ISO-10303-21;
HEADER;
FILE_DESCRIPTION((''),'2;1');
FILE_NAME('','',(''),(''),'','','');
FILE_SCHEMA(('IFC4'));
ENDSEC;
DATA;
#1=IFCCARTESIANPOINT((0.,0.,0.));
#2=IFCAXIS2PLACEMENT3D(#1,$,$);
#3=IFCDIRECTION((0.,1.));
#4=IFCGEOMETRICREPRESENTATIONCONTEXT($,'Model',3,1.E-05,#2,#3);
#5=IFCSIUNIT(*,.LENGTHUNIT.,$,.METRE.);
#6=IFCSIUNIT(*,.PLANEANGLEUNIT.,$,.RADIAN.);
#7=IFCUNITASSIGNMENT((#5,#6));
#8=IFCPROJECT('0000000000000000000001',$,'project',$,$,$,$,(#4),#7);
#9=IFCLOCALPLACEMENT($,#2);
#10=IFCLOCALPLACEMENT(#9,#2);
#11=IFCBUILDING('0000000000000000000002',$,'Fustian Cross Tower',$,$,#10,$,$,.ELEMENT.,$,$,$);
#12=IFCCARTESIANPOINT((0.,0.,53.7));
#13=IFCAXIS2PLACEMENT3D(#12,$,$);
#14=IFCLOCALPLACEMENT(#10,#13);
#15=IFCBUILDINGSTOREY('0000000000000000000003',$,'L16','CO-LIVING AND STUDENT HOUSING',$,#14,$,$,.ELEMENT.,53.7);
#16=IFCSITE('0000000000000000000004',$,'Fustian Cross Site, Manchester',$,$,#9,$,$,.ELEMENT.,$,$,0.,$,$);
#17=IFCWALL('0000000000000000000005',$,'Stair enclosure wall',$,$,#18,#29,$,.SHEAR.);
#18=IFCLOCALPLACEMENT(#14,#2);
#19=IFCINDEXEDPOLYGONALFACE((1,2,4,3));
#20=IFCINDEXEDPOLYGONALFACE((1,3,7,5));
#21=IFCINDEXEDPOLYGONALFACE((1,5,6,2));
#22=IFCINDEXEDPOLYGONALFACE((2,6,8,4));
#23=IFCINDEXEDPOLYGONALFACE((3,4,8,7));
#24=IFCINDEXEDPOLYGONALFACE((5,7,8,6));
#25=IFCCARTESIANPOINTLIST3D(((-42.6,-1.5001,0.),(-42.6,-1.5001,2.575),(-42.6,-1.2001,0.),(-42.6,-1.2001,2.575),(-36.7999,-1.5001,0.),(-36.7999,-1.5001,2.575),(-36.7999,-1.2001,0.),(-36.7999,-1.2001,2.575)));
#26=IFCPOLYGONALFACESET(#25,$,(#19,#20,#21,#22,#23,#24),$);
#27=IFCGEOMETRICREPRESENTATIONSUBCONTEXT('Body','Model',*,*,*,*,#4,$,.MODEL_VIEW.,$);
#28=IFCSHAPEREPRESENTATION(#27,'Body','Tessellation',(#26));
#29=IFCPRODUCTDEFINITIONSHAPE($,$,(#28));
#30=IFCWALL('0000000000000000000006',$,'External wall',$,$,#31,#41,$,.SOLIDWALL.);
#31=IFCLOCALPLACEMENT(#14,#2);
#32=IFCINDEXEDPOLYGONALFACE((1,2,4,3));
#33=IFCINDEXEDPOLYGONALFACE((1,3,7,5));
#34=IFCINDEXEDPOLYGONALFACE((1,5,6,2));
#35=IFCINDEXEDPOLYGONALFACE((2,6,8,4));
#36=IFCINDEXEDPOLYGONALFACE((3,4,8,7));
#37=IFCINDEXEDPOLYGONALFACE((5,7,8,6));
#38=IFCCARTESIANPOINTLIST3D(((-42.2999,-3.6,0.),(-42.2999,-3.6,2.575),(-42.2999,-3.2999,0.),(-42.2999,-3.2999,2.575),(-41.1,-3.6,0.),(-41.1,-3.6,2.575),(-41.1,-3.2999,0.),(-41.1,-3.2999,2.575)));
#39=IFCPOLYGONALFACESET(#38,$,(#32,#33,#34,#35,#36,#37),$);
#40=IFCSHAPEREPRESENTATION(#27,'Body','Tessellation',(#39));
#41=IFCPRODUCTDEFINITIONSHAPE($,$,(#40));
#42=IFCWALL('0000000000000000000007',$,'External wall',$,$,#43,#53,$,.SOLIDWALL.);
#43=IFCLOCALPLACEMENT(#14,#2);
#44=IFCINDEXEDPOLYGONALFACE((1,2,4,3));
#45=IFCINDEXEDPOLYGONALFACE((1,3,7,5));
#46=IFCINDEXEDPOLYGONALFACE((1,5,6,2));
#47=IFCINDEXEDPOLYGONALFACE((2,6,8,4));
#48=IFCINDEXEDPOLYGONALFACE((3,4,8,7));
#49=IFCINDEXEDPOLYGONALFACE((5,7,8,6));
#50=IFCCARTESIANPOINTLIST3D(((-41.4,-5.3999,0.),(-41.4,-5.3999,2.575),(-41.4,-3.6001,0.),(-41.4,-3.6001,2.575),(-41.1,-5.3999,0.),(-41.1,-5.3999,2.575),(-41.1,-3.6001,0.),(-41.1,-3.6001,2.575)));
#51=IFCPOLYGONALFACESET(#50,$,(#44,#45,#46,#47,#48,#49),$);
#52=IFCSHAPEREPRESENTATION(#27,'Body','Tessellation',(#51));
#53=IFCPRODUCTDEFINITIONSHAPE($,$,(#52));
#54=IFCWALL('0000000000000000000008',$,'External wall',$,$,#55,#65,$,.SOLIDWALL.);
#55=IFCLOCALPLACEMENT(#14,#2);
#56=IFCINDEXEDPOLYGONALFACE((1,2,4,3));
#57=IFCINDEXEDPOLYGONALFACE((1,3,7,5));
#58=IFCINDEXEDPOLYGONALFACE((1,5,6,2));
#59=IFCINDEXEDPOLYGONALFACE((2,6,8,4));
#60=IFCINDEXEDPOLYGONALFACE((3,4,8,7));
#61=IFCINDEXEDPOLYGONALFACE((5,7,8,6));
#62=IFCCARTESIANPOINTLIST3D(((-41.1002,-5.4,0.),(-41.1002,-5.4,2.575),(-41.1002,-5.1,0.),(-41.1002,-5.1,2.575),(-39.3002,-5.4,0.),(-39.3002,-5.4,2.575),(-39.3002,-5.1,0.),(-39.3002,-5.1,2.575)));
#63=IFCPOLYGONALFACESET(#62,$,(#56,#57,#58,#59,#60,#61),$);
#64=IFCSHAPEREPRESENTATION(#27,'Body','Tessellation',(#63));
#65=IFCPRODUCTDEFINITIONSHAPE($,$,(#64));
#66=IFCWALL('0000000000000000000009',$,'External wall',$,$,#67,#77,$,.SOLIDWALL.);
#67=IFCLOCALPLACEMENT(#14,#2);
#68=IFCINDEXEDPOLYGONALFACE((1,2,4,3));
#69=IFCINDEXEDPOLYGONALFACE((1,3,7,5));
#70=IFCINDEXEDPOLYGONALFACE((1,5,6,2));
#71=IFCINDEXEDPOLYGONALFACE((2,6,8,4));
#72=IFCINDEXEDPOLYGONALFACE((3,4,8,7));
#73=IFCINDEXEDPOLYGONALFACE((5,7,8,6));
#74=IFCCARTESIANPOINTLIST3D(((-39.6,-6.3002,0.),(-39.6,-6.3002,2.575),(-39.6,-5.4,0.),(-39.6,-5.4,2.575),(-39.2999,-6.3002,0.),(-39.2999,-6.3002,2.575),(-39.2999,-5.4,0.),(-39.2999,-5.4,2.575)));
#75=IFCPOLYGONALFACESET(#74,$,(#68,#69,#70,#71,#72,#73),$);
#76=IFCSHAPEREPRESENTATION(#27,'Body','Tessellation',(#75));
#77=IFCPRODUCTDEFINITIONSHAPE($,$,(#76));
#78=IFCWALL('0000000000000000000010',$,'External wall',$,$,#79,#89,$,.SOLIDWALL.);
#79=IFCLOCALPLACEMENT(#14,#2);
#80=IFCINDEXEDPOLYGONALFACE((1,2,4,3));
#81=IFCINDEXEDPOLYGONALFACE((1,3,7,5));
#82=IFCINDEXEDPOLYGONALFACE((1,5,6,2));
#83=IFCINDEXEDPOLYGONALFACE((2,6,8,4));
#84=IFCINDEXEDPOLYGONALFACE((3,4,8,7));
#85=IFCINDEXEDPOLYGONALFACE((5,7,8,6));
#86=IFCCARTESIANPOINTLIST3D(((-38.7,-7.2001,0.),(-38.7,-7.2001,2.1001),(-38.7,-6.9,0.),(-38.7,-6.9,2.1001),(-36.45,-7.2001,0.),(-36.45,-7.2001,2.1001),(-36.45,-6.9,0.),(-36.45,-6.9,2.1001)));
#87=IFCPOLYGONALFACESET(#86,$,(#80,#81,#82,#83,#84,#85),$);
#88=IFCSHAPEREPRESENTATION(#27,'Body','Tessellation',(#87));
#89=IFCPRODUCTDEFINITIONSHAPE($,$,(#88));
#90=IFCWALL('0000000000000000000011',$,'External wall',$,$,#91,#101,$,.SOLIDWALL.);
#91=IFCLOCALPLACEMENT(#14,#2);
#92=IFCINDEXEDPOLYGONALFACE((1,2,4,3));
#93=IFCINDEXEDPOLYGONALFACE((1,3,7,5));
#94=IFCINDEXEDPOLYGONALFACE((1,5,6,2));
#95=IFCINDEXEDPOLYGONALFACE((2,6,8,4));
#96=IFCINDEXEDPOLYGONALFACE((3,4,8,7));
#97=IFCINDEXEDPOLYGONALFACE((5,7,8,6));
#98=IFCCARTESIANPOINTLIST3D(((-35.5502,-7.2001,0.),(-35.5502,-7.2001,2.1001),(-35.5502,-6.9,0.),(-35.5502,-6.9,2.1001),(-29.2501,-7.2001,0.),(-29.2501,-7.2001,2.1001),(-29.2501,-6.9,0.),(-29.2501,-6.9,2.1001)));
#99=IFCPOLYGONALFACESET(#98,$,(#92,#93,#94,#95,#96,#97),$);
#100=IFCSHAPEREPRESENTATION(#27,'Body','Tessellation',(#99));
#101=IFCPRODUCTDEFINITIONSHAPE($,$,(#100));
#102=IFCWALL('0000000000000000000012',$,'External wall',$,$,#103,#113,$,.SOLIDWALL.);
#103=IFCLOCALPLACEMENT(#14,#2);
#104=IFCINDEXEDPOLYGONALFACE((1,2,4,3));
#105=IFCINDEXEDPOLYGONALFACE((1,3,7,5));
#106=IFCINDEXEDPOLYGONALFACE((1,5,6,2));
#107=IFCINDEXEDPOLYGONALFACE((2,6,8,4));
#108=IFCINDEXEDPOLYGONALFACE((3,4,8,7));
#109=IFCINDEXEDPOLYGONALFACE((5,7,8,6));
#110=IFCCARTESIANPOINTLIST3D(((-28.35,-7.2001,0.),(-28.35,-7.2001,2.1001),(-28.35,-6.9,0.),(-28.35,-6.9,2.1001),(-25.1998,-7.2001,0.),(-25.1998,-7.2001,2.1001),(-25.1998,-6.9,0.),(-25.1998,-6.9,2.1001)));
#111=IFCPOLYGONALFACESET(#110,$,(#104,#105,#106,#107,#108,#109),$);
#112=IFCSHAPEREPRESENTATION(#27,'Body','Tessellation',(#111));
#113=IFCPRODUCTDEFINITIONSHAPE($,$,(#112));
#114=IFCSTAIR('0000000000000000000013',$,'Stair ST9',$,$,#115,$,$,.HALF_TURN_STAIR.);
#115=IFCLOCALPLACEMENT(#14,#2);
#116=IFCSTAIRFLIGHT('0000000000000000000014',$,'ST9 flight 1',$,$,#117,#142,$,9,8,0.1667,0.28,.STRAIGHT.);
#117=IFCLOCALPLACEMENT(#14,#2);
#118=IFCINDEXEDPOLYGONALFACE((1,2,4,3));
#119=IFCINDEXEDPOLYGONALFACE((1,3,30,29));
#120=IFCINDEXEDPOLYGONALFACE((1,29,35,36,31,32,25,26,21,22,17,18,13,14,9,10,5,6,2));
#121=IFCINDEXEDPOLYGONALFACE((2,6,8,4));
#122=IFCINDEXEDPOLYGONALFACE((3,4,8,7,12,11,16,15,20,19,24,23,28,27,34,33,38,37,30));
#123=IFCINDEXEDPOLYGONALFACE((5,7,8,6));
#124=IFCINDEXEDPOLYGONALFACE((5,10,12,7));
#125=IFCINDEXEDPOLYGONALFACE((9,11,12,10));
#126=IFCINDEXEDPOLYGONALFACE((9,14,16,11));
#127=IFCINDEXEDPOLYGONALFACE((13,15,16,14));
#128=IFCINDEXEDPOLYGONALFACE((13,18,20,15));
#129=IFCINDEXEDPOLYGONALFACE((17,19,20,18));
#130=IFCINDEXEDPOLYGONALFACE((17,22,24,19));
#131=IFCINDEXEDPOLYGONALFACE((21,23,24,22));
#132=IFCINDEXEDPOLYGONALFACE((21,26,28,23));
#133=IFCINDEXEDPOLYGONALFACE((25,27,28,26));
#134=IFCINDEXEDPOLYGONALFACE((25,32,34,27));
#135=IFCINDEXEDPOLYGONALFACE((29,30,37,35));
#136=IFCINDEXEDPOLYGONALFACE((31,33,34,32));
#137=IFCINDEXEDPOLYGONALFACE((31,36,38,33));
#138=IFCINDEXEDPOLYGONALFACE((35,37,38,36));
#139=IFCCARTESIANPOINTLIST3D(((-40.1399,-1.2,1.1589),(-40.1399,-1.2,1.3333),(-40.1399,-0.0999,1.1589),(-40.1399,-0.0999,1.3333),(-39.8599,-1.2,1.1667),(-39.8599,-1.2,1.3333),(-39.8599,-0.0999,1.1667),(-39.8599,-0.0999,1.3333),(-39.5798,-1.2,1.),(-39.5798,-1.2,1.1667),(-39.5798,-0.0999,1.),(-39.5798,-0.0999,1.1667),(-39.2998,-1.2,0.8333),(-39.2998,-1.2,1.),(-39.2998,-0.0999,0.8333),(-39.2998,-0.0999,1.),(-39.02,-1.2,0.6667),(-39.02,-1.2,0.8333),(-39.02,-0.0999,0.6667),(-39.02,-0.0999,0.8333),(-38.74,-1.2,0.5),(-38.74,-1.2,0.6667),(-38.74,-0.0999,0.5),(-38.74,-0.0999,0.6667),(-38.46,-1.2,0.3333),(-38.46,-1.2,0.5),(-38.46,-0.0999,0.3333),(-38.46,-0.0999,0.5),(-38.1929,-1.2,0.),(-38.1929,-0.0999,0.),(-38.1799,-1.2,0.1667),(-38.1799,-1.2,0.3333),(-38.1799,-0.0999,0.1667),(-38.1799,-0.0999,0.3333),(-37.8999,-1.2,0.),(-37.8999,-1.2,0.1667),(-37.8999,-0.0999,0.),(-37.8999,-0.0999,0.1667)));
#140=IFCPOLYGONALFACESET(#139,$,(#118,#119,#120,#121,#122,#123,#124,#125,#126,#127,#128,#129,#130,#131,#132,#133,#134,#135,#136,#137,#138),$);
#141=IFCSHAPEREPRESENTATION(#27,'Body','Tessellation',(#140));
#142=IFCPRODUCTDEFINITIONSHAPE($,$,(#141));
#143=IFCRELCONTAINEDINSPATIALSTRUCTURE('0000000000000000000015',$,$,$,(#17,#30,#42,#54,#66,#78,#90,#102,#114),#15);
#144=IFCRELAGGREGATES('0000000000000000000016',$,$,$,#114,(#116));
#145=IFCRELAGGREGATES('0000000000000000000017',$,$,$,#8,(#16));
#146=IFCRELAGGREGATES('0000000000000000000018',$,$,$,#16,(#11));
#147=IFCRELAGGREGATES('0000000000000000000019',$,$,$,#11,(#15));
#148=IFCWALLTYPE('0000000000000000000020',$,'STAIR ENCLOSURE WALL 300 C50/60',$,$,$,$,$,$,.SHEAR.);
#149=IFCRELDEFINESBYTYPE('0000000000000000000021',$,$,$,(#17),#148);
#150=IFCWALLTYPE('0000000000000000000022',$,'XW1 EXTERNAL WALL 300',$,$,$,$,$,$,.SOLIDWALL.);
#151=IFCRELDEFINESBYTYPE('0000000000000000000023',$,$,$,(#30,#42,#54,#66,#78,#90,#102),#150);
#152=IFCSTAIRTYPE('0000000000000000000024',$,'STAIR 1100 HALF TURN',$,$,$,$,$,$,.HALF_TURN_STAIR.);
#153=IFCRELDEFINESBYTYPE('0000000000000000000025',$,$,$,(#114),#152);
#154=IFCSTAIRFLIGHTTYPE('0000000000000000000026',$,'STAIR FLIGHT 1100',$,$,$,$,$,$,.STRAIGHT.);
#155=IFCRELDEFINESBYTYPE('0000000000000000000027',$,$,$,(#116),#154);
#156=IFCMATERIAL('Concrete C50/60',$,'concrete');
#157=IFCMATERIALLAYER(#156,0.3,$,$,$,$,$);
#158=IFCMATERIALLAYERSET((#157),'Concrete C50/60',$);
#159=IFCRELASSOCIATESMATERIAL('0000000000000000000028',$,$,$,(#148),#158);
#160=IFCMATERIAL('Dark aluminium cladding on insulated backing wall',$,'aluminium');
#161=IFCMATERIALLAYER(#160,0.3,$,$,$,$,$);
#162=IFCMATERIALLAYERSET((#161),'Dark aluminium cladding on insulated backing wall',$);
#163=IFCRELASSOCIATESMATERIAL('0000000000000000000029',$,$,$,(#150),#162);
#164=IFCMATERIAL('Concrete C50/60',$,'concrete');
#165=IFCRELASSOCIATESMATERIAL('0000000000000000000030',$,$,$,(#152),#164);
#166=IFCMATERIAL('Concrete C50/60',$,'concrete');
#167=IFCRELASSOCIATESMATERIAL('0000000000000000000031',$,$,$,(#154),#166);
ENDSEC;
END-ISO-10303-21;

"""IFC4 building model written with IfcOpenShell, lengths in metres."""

from ifc_helpers import new_model, si_unit, direction, frame, frame_2d, origin, place, context, subcontext, project, spatial, polyline, rectangle, outline, extrude, material, layer, layer_set, type_object, element, aggregate, save


model = new_model("IFC4")

# Units and contexts
model_context = context("Model", 3, precision=1e-05, world=origin(), true_north=direction((0.0, 1.0)))
body_context = subcontext(model_context, "Body", "Model", "MODEL_VIEW")
ifc_project = project(units=[si_unit("LENGTHUNIT", "METRE"), si_unit("PLANEANGLEUNIT", "RADIAN")], contexts=[model_context])

# Site, building, storey
site_placement = place(None, origin())
site = spatial("IfcSite", under=ifc_project, at=site_placement, Name="Fustian Cross Site, Manchester", CompositionType="ELEMENT", RefElevation=0.0)
building_placement = place(site_placement, origin())
building = spatial("IfcBuilding", under=site, at=building_placement, Name="Fustian Cross Tower", CompositionType="ELEMENT")
storey_placement = place(building_placement, frame((0.0, 0.0, 53.7)))
storey = spatial("IfcBuildingStorey", under=building, at=storey_placement, Name="L16", Description="CO-LIVING AND STUDENT HOUSING", CompositionType="ELEMENT", Elevation=53.7)

# Shared definitions
ifc_material_1 = material(Name="Concrete C50/60", Category="concrete")
ifc_layer_1 = layer(ifc_material_1, 0.3)
ifc_layer_set_1 = layer_set([ifc_layer_1], Name="Concrete C50/60")
wall_type_1 = type_object("IfcWallType", Name="STAIR ENCLOSURE WALL 300 C50/60", PredefinedType="SHEAR", material=ifc_layer_set_1)

# Walls
wall_1_placement = place(storey_placement, frame((-36.8, -1.3501, 0.0), z_axis=(0.0, 0.0, 1.0), x_axis=(-1.0, 0.0, 0.0)))
element("IfcWall", 1, at=wall_1_placement, inside=storey, type_object=wall_type_1, Name="Stair enclosure wall", PredefinedType="SHEAR", context=body_context, shape_type="SweptSolid", body=[
    extrude(rectangle(XDim=5.8, YDim=0.3, at=frame_2d((2.8999, 0.0))), origin(), (0.0, 0.0, 1.0), 2.575),
])
ifc_material_2 = material(Name="Dark aluminium cladding on insulated backing wall", Category="aluminium")
ifc_layer_2 = layer(ifc_material_2, 0.3)
ifc_layer_set_2 = layer_set([ifc_layer_2], Name="Dark aluminium cladding on insulated backing wall")
wall_type_2 = type_object("IfcWallType", Name="XW1 EXTERNAL WALL 300", PredefinedType="SOLIDWALL", material=ifc_layer_set_2)
wall_2_placement = place(storey_placement, frame((-42.3, -3.45, 0.0), z_axis=(0.0, 0.0, 1.0), x_axis=(1.0, 0.0, 0.0)))
element("IfcWall", 2, at=wall_2_placement, inside=storey, type_object=wall_type_2, Name="External wall", PredefinedType="SOLIDWALL", context=body_context, shape_type="SweptSolid", body=[
    extrude(rectangle(XDim=1.2, YDim=0.3, at=frame_2d((0.6001, 0.0))), origin(), (0.0, 0.0, 1.0), 2.575),
])
wall_3_placement = place(storey_placement, frame((-41.25, -3.6001, 0.0), z_axis=(0.0, 0.0, 1.0), x_axis=(0.0, -1.0, 0.0)))
element("IfcWall", 3, at=wall_3_placement, inside=storey, type_object=wall_type_2, Name="External wall", PredefinedType="SOLIDWALL", context=body_context, shape_type="SweptSolid", body=[
    extrude(rectangle(XDim=1.7998, YDim=0.3, at=frame_2d((0.8999, 0.0))), origin(), (0.0, 0.0, 1.0), 2.575),
])
wall_4_placement = place(storey_placement, frame((-41.1001, -5.25, 0.0), z_axis=(0.0, 0.0, 1.0), x_axis=(1.0, 0.0, 0.0)))
element("IfcWall", 4, at=wall_4_placement, inside=storey, type_object=wall_type_2, Name="External wall", PredefinedType="SOLIDWALL", context=body_context, shape_type="SweptSolid", body=[
    extrude(rectangle(XDim=1.8, YDim=0.3, at=frame_2d((0.8999, 0.0))), origin(), (0.0, 0.0, 1.0), 2.575),
])
wall_5_placement = place(storey_placement, frame((-39.45, -5.3999, 0.0), z_axis=(0.0, 0.0, 1.0), x_axis=(0.0, -1.0, 0.0)))
element("IfcWall", 5, at=wall_5_placement, inside=storey, type_object=wall_type_2, Name="External wall", PredefinedType="SOLIDWALL", context=body_context, shape_type="SweptSolid", body=[
    extrude(rectangle(XDim=0.9001, YDim=0.3, at=frame_2d((0.4502, 0.0))), origin(), (0.0, 0.0, 1.0), 2.575),
])
wall_6_placement = place(storey_placement, frame((-38.7, -7.05, 0.0), z_axis=(0.0, 0.0, 1.0), x_axis=(1.0, 0.0, 0.0)))
element("IfcWall", 6, at=wall_6_placement, inside=storey, type_object=wall_type_2, Name="External wall", PredefinedType="SOLIDWALL", context=body_context, shape_type="SweptSolid", body=[
    extrude(rectangle(XDim=2.25, YDim=0.3, at=frame_2d((1.125, 0.0))), origin(), (0.0, 0.0, 1.0), 2.1001),
])
wall_7_placement = place(storey_placement, frame((-35.55, -7.05, 0.0), z_axis=(0.0, 0.0, 1.0), x_axis=(1.0, 0.0, 0.0)))
element("IfcWall", 7, at=wall_7_placement, inside=storey, type_object=wall_type_2, Name="External wall", PredefinedType="SOLIDWALL", context=body_context, shape_type="SweptSolid", body=[
    extrude(rectangle(XDim=6.3, YDim=0.3, at=frame_2d((3.1499, 0.0))), origin(), (0.0, 0.0, 1.0), 2.1001),
])
wall_8_placement = place(storey_placement, frame((-28.3501, -7.05, 0.0), z_axis=(0.0, 0.0, 1.0), x_axis=(1.0, 0.0, 0.0)))
element("IfcWall", 8, at=wall_8_placement, inside=storey, type_object=wall_type_2, Name="External wall", PredefinedType="SOLIDWALL", context=body_context, shape_type="SweptSolid", body=[
    extrude(rectangle(XDim=3.1501, YDim=0.3, at=frame_2d((1.5752, 0.0))), origin(), (0.0, 0.0, 1.0), 2.1001),
])

# Stair, stair flight
ifc_material_3 = material(Name="Concrete C50/60", Category="concrete")
stair_type = type_object("IfcStairType", Name="STAIR 1100 HALF TURN", PredefinedType="HALF_TURN_STAIR", material=ifc_material_3)
stair_placement = place(storey_placement, origin())
stair = element("IfcStair", 9, at=stair_placement, inside=storey, type_object=stair_type, Name="Stair ST9", PredefinedType="HALF_TURN_STAIR")
ifc_material_4 = material(Name="Concrete C50/60", Category="concrete")
stair_flight_type = type_object("IfcStairFlightType", Name="STAIR FLIGHT 1100", PredefinedType="STRAIGHT", material=ifc_material_4)
stair_flight_placement = place(storey_placement, frame((-37.8999, -0.6499, 0.0), z_axis=(0.0, 0.0, 1.0), x_axis=(-1.0, 0.0, 0.0)))
stair_flight = element("IfcStairFlight", 10, at=stair_flight_placement, type_object=stair_flight_type, Name="ST9 flight 1", NumberOfRisers=9, NumberOfTreads=8, PredefinedType="STRAIGHT", RiserHeight=0.1667, TreadLength=0.28, context=body_context, shape_type="SweptSolid", body=[
    extrude(outline(polyline([(0.0, 0.0), (0.0, 0.1667), (0.28, 0.1667), (0.28, 0.3333), (0.5601, 0.3333), (0.5601, 0.5), (0.8401, 0.5), (0.8401, 0.6667), (1.1201, 0.6667), (1.1201, 0.8333), (1.3999, 0.8333), (1.3999, 1.0), (1.6799, 1.0), (1.6799, 1.1667), (1.96, 1.1667), (1.96, 1.3333), (2.24, 1.3333), (2.24, 1.5), (2.24, 1.1589), (0.293, 0.0), (0.0, 0.0)])), frame((0.0, 0.55, 0.0), z_axis=(0.0, -1.0, 0.0), x_axis=(1.0, 0.0, 0.0)), (0.0, 0.0, 1.0), 1.1001),
])
aggregate(stair, [stair_flight])

save(model, "model.ifc")
